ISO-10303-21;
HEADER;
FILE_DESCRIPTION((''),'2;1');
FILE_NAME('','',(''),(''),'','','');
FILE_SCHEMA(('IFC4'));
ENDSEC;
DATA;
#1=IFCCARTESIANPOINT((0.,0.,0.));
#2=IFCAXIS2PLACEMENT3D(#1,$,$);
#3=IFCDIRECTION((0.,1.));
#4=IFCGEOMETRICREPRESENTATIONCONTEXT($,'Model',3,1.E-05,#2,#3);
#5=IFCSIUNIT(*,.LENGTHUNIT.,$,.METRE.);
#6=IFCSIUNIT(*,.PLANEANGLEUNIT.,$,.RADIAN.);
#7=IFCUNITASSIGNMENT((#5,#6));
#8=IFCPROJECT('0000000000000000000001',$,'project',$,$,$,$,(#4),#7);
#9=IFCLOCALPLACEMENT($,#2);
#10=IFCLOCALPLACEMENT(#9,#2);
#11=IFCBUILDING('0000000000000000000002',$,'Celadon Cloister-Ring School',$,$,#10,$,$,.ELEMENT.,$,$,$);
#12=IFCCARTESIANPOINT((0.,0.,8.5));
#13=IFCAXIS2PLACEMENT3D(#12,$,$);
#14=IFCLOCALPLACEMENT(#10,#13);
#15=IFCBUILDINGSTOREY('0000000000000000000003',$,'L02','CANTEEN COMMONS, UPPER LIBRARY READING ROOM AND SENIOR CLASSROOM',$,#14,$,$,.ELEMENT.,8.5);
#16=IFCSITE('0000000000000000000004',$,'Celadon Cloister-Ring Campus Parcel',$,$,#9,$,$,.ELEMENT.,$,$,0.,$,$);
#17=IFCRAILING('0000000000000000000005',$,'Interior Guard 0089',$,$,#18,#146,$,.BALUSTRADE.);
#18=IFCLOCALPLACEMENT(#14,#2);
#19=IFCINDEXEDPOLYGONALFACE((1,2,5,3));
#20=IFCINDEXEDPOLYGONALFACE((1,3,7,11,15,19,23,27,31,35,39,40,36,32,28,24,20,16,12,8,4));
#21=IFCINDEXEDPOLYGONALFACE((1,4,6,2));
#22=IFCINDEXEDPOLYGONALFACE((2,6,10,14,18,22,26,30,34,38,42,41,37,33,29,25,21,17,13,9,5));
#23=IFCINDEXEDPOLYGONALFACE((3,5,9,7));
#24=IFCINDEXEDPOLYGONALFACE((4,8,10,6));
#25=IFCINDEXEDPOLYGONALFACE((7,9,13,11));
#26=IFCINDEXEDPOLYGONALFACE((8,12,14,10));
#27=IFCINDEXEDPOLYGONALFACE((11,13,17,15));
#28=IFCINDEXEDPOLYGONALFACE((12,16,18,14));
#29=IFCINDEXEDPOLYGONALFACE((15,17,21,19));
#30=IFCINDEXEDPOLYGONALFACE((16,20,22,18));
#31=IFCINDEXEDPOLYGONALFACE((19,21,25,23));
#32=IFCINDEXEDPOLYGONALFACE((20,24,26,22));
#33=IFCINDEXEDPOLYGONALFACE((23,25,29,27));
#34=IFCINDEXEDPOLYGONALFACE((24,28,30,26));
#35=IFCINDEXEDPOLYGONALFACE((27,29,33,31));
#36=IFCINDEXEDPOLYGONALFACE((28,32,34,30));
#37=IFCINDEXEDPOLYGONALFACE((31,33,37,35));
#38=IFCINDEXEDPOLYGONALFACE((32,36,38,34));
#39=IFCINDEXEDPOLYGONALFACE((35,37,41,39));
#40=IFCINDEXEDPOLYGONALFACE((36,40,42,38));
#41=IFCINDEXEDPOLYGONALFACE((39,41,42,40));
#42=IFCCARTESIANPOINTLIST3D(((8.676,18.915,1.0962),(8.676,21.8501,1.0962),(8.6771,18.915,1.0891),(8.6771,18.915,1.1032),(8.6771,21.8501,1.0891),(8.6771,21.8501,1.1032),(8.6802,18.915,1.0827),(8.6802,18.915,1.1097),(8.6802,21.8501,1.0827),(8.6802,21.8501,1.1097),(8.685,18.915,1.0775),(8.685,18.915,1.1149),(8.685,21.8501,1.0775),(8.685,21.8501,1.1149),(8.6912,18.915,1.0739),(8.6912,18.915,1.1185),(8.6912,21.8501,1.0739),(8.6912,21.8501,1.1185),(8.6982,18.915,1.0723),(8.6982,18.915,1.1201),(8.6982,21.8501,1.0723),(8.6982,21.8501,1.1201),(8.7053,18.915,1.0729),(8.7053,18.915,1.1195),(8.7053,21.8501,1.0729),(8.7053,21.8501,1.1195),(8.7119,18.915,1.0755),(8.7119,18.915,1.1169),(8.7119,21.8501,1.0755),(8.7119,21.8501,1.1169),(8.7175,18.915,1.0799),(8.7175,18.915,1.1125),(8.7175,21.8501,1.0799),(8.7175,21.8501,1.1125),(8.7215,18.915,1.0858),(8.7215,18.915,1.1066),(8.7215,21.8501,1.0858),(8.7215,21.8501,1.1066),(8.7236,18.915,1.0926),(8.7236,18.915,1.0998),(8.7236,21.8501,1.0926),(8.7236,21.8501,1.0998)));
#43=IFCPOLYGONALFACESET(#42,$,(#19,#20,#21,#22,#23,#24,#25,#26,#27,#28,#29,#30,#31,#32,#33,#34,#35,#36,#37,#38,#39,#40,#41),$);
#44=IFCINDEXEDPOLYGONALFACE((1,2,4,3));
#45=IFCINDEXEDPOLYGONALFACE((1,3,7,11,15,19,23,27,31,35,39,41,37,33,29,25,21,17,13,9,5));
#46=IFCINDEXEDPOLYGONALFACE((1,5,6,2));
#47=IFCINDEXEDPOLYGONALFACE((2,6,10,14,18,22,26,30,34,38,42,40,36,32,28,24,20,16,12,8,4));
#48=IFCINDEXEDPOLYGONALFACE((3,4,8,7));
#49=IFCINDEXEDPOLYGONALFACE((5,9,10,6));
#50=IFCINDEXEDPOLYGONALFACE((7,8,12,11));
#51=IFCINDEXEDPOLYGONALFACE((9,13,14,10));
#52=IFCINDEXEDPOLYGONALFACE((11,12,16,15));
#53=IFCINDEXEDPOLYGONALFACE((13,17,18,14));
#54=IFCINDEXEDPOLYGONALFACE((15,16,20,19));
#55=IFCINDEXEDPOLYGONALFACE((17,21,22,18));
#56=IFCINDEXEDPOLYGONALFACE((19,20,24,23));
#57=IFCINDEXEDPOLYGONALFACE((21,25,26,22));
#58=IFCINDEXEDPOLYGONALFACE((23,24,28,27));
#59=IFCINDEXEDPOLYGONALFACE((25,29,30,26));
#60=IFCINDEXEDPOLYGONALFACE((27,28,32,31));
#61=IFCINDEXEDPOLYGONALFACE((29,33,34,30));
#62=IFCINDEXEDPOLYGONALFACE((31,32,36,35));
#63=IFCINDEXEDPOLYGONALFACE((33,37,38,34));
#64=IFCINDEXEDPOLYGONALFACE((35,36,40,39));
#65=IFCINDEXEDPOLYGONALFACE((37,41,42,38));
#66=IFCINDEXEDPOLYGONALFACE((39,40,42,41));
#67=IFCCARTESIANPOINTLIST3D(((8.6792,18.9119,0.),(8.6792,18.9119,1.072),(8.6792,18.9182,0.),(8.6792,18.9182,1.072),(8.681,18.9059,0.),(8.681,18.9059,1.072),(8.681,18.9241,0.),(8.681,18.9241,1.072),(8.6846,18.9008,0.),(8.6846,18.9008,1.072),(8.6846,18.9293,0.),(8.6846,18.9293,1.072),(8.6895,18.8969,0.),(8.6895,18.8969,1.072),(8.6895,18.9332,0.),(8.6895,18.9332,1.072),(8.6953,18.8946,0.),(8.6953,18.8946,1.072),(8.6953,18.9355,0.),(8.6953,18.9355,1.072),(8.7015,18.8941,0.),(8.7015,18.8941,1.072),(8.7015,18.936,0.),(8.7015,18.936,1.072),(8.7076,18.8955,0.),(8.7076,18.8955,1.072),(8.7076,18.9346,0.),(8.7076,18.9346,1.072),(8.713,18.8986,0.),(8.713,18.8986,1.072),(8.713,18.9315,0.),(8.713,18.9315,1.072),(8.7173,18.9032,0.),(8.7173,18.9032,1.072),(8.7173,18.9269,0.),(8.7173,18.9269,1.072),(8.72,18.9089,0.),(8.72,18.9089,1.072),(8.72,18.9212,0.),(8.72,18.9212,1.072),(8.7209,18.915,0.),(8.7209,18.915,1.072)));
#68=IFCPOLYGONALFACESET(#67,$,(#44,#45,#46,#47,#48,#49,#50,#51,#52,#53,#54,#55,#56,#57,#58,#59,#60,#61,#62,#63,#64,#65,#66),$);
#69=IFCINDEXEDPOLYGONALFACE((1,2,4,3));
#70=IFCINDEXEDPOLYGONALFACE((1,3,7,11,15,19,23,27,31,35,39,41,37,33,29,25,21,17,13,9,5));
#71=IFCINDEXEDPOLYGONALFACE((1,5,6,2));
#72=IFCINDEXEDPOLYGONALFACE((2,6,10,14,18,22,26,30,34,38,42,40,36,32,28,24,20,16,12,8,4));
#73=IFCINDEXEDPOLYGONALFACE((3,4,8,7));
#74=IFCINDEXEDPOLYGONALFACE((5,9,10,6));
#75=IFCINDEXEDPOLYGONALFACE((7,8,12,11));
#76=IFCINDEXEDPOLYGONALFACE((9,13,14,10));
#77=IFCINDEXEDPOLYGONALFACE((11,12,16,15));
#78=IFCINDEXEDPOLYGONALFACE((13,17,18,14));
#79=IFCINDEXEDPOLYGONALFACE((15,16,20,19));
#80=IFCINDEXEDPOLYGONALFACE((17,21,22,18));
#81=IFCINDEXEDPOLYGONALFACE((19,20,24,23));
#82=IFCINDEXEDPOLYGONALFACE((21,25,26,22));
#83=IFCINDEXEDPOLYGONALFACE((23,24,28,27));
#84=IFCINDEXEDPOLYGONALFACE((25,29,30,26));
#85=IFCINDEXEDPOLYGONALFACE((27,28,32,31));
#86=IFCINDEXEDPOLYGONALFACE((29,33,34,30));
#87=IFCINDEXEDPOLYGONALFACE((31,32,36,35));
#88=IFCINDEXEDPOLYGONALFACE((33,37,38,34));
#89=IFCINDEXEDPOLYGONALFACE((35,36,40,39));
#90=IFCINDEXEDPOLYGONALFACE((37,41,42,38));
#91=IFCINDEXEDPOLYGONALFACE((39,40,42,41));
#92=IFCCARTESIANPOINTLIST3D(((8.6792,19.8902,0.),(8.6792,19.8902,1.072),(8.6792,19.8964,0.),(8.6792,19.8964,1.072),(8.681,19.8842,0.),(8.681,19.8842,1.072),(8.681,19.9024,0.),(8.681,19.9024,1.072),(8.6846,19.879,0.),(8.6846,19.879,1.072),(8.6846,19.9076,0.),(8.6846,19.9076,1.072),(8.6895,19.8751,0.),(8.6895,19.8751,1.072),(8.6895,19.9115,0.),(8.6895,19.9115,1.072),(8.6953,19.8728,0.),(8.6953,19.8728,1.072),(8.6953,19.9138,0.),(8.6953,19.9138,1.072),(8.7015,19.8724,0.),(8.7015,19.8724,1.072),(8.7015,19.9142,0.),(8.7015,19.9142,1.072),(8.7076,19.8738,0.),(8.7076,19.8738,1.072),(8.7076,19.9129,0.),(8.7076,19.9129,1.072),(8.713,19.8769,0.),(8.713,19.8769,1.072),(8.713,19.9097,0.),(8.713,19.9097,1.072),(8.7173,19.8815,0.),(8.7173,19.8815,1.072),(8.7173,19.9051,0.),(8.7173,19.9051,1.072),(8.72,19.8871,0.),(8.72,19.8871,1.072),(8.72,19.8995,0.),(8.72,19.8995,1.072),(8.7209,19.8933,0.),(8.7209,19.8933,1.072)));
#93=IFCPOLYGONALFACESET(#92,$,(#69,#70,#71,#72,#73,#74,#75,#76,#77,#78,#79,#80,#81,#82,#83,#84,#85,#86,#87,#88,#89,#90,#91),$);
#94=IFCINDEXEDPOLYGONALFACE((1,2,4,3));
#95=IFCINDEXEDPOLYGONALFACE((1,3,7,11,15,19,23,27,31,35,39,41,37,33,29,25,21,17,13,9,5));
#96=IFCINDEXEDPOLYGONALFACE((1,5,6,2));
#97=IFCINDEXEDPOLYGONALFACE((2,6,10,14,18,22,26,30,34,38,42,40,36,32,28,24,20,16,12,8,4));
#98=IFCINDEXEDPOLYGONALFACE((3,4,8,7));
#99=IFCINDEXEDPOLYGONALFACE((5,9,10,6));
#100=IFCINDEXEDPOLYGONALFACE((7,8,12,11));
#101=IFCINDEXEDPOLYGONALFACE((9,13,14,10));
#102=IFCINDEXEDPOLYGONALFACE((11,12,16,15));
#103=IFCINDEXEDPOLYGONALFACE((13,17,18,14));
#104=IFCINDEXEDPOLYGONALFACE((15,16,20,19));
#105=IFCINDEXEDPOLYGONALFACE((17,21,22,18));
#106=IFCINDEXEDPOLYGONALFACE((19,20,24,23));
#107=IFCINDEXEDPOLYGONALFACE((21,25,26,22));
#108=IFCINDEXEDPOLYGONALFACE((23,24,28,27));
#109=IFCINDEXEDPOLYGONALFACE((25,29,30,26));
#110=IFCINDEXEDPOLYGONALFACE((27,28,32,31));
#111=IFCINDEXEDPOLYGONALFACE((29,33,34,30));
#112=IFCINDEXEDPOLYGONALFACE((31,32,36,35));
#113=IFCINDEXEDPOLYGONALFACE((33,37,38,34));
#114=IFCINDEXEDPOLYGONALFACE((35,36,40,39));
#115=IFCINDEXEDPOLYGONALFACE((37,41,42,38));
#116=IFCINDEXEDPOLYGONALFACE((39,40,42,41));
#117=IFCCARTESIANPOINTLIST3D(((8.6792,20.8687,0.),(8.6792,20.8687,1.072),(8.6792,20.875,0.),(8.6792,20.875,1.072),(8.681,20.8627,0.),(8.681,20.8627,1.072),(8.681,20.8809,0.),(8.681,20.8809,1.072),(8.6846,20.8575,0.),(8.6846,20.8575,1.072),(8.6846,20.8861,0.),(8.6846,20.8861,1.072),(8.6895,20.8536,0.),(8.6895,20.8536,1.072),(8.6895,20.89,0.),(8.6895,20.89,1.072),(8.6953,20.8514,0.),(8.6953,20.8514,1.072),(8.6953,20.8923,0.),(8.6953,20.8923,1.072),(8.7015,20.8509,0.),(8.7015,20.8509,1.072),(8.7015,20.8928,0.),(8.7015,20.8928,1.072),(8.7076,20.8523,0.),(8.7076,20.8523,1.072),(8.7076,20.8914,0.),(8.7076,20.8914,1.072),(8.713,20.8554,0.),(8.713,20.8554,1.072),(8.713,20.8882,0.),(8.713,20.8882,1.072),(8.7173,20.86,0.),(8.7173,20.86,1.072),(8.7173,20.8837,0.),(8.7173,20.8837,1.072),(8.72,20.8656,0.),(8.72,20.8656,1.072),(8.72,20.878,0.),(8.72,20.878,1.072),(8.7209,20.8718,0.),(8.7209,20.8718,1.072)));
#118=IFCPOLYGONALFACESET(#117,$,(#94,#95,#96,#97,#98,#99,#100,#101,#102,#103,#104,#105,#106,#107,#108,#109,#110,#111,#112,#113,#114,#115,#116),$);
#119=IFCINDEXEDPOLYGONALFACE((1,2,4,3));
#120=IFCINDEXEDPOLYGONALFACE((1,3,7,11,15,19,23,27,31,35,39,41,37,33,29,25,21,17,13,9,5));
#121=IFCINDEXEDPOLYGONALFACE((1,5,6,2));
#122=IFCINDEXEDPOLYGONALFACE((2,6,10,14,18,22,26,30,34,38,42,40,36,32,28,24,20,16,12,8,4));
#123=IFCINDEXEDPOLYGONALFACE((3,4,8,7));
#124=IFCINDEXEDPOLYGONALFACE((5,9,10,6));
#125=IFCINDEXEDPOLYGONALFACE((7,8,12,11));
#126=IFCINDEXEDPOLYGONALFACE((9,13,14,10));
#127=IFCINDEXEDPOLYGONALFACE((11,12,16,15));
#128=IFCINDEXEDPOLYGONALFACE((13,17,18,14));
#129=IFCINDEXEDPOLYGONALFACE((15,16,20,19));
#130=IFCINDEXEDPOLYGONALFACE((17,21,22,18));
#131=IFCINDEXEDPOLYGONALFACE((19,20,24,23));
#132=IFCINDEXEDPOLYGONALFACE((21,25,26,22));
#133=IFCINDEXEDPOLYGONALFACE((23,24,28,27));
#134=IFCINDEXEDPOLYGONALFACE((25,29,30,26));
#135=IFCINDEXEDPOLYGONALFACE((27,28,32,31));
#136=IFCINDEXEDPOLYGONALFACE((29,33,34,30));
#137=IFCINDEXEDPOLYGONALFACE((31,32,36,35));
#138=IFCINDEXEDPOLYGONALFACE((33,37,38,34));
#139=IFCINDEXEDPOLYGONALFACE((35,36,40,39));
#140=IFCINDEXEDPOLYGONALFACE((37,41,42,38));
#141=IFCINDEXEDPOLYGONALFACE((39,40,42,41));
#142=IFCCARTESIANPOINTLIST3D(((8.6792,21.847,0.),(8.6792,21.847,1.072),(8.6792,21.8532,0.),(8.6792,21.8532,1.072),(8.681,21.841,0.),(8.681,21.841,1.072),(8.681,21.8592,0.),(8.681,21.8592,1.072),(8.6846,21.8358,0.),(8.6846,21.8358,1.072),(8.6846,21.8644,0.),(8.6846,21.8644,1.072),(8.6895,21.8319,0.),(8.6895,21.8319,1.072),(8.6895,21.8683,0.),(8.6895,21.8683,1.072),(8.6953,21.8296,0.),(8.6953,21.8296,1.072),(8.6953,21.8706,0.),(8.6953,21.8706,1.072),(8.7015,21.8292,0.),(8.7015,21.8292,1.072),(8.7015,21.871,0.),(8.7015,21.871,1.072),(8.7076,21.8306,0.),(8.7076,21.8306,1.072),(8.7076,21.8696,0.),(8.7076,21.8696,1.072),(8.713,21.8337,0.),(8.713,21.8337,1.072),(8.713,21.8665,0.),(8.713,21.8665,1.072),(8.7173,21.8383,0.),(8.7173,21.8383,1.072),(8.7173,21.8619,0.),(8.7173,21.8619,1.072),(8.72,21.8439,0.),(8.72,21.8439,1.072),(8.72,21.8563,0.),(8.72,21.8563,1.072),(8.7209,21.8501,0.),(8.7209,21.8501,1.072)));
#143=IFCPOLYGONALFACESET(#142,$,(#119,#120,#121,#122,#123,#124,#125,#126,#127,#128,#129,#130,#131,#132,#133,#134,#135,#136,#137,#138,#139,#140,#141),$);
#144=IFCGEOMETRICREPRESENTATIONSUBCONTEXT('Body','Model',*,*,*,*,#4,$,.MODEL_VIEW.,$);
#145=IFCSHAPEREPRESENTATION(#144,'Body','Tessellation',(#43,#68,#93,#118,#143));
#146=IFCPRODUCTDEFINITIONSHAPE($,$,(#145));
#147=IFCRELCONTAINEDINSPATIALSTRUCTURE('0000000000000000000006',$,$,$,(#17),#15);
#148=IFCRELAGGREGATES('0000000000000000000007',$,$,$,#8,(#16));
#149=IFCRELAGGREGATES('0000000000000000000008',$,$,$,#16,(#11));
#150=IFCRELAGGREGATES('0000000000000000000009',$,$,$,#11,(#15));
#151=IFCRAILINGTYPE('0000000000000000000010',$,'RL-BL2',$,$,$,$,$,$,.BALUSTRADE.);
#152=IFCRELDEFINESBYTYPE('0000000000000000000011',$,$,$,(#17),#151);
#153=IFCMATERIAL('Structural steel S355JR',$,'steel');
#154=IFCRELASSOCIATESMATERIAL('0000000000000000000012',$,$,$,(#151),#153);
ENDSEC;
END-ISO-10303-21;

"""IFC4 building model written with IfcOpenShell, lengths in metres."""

from ifc_helpers import new_model, si_unit, direction, frame, origin, origin_2d, place, context, subcontext, project, spatial, circle, extrude, material, type_object, element, save


model = new_model("IFC4")

# Units and contexts
model_context = context("Model", 3, precision=1e-05, world=origin(), true_north=direction((0.0, 1.0)))
body_context = subcontext(model_context, "Body", "Model", "MODEL_VIEW")
ifc_project = project(units=[si_unit("LENGTHUNIT", "METRE"), si_unit("PLANEANGLEUNIT", "RADIAN")], contexts=[model_context])

# Site, building, storey
site_placement = place(None, origin())
site = spatial("IfcSite", under=ifc_project, at=site_placement, Name="Celadon Cloister-Ring Campus Parcel", CompositionType="ELEMENT", RefElevation=0.0)
building_placement = place(site_placement, origin())
building = spatial("IfcBuilding", under=site, at=building_placement, Name="Celadon Cloister-Ring School", CompositionType="ELEMENT")
storey_placement = place(building_placement, frame((0.0, 0.0, 8.5)))
storey = spatial("IfcBuildingStorey", under=building, at=storey_placement, Name="L02", Description="CANTEEN COMMONS, UPPER LIBRARY READING ROOM AND SENIOR CLASSROOM", CompositionType="ELEMENT", Elevation=8.5)

# Railing
ifc_material_1 = material(Name="Structural steel S355JR", Category="steel")
railing_type_1 = type_object("IfcRailingType", Name="RL-BL2", PredefinedType="BALUSTRADE", material=ifc_material_1)
railing_1_placement = place(storey_placement, frame((8.7, 18.915, 0.0)))
element("IfcRailing", 1, at=railing_1_placement, inside=storey, type_object=railing_type_1, Name="Interior Guard 0089", PredefinedType="BALUSTRADE", context=body_context, shape_type="SweptSolid", body=[
    extrude(circle(Radius=0.0239, at=origin_2d()), frame((0.0, 0.0, 1.0962), z_axis=(0.0, 1.0, 0.0), x_axis=(-1.0, 0.0, 0.0)), (0.0, 0.0, 1.0), 2.9351),
    extrude(circle(Radius=0.021, at=origin_2d()), origin(), (0.0, 0.0, 1.0), 1.072),
    extrude(circle(Radius=0.021, at=origin_2d()), frame((0.0, 0.9783, 0.0)), (0.0, 0.0, 1.0), 1.072),
    extrude(circle(Radius=0.021, at=origin_2d()), frame((0.0, 1.9568, 0.0)), (0.0, 0.0, 1.0), 1.072),
    extrude(circle(Radius=0.021, at=origin_2d()), frame((0.0, 2.9351, 0.0)), (0.0, 0.0, 1.0), 1.072),
])

save(model, "model.ifc")
